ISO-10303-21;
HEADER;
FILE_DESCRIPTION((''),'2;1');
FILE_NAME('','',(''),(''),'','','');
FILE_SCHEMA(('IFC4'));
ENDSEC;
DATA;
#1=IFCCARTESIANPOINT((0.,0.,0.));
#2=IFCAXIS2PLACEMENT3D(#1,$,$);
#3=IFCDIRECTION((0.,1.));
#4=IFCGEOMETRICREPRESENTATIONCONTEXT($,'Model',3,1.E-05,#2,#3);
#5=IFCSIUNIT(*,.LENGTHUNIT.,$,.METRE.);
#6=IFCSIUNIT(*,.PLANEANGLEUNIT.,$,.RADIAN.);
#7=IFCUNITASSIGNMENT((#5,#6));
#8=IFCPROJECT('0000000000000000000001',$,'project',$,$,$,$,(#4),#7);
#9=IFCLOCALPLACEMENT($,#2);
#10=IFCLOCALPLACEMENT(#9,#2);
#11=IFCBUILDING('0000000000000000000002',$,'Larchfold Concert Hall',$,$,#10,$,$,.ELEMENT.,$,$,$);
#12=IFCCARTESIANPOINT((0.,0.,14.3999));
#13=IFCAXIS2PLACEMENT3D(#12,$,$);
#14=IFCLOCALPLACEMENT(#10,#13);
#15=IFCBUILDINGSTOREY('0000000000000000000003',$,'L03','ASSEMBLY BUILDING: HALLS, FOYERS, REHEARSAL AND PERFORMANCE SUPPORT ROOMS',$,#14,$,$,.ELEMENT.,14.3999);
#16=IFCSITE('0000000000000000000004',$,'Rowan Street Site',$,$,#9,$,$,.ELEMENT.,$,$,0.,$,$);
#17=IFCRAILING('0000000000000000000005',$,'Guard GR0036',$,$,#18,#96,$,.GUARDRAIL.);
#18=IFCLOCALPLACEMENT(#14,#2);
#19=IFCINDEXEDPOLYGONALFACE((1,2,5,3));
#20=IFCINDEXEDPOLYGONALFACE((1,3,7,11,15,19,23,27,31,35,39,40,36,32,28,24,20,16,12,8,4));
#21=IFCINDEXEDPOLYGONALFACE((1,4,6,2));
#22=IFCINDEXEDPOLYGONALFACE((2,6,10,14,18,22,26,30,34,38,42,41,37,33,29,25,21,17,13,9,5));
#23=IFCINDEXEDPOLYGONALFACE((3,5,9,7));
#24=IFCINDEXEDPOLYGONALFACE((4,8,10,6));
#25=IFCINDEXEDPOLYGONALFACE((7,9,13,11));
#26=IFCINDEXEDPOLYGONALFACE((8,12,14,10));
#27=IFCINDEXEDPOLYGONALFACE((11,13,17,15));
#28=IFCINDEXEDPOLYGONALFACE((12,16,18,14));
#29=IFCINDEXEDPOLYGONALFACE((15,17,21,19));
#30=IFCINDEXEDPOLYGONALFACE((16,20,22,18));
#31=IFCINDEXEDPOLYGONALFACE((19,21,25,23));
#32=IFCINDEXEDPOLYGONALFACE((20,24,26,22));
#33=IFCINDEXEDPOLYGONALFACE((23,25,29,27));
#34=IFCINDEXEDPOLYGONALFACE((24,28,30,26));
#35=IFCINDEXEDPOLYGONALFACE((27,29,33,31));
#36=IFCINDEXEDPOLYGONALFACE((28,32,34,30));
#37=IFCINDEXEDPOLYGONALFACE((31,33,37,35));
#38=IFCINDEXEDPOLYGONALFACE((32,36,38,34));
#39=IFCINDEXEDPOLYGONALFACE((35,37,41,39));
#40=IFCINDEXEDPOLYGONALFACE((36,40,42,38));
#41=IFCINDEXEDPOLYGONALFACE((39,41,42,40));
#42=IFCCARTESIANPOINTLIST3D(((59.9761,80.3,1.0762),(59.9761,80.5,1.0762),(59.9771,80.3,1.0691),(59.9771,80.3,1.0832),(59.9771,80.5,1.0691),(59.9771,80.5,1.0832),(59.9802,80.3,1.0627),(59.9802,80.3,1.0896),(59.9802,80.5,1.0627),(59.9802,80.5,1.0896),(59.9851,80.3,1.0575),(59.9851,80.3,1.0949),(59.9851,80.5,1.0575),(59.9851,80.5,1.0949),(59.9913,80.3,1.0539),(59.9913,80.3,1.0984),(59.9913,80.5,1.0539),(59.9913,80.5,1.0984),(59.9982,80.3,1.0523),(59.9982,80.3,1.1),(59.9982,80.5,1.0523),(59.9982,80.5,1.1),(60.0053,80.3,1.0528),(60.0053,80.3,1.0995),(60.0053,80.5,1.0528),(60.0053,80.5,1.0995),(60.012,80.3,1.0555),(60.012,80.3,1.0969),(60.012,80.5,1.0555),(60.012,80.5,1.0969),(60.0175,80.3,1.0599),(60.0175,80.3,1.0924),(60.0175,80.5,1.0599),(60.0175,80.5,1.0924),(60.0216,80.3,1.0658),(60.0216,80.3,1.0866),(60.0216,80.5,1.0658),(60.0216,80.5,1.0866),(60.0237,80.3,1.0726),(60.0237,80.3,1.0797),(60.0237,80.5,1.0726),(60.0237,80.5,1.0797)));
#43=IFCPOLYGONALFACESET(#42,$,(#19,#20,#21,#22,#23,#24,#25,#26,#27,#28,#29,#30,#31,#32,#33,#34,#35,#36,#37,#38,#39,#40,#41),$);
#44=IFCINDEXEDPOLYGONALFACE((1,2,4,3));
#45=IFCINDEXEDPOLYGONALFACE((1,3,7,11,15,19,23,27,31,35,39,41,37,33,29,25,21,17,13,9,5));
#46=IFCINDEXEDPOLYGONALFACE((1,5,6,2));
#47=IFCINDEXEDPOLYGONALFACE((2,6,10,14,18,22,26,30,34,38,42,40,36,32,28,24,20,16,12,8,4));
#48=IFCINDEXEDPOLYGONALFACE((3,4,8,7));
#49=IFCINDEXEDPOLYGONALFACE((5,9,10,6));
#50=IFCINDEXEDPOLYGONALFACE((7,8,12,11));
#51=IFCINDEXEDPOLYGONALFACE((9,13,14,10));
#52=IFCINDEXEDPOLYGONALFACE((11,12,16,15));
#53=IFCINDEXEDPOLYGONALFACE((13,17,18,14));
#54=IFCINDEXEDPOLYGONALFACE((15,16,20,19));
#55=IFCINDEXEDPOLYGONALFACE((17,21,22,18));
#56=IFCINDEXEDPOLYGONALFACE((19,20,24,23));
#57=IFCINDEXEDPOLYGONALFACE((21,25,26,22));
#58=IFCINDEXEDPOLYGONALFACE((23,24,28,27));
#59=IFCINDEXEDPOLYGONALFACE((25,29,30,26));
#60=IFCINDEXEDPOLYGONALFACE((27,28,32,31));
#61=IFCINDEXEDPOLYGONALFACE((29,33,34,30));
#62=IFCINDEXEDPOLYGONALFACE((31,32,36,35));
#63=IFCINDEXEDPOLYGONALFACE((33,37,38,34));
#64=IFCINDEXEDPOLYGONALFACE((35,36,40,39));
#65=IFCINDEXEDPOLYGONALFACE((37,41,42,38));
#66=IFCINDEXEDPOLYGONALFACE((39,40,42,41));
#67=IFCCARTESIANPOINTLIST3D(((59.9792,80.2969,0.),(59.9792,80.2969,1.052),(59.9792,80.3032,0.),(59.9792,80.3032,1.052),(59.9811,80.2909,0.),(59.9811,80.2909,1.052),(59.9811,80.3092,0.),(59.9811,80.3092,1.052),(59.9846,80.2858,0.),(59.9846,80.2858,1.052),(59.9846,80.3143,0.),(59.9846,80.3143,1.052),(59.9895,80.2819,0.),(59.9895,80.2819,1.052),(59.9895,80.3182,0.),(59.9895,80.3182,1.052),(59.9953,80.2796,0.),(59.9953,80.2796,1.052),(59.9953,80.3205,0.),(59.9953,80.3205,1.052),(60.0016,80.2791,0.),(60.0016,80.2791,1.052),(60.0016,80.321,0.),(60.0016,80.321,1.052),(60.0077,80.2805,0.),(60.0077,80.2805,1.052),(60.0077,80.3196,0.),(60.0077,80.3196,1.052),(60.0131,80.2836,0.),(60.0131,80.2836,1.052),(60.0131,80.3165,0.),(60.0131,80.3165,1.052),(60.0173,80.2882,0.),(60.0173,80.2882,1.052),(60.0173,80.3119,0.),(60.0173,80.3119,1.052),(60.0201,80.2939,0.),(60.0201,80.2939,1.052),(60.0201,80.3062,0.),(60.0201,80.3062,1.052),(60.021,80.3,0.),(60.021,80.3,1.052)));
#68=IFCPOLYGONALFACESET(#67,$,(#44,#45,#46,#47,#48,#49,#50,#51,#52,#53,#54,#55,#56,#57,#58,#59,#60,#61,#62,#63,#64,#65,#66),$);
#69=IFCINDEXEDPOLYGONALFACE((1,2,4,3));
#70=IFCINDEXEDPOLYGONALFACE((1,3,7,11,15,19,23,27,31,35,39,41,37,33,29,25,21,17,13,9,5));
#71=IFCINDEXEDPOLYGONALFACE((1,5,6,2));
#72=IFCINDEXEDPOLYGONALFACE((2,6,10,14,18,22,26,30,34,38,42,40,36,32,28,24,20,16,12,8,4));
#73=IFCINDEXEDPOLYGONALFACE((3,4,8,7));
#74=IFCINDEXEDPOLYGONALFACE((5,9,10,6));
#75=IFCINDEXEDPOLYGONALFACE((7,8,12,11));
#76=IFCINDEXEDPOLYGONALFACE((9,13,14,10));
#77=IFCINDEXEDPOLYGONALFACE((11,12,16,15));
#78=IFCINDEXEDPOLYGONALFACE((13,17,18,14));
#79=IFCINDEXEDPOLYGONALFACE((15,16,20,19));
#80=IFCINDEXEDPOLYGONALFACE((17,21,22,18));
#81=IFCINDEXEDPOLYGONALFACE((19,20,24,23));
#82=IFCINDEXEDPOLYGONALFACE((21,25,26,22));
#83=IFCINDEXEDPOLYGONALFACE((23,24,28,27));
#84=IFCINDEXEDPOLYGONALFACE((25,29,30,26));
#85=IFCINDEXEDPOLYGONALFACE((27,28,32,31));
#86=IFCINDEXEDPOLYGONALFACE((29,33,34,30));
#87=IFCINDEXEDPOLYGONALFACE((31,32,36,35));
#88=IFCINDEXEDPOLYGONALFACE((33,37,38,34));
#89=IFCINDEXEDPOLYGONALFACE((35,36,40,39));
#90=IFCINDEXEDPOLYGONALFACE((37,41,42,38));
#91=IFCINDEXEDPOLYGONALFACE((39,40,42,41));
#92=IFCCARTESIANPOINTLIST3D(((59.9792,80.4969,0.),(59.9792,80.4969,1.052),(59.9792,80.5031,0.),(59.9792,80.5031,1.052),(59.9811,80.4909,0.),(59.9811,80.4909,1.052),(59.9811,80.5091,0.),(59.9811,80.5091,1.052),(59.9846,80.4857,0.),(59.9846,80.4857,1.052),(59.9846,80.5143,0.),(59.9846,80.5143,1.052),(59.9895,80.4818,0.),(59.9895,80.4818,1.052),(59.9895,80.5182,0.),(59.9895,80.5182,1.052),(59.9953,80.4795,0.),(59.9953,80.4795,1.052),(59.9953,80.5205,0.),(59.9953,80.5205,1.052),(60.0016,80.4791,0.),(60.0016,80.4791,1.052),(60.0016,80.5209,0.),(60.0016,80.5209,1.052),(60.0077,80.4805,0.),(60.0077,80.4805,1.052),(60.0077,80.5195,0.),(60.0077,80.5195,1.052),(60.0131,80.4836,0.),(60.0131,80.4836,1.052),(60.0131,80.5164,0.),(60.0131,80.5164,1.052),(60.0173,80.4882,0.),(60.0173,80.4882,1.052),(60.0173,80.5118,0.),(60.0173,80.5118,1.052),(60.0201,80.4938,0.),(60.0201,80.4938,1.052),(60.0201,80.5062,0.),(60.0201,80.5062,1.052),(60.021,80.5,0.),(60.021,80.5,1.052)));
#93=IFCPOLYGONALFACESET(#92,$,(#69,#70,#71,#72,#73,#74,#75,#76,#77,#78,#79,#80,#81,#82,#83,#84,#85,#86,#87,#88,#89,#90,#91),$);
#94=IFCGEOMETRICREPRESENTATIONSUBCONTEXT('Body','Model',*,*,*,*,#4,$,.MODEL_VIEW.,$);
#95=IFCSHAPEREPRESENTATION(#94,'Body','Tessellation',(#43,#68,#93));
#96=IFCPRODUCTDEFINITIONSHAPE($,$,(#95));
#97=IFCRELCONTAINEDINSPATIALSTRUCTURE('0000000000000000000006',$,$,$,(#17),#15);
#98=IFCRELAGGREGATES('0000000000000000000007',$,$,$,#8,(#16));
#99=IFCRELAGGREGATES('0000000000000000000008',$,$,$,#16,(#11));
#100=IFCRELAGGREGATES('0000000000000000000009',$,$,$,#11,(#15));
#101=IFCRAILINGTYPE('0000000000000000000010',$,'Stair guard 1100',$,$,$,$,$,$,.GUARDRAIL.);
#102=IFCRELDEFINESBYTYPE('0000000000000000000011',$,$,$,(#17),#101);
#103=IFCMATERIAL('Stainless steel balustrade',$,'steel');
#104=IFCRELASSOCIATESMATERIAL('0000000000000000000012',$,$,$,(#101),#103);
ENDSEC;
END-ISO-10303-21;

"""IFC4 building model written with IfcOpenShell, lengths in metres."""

from ifc_helpers import new_model, si_unit, direction, frame, origin, origin_2d, place, context, subcontext, project, spatial, circle, extrude, material, type_object, element, save


model = new_model("IFC4")

# Units and contexts
model_context = context("Model", 3, precision=1e-05, world=origin(), true_north=direction((0.0, 1.0)))
body_context = subcontext(model_context, "Body", "Model", "MODEL_VIEW")
ifc_project = project(units=[si_unit("LENGTHUNIT", "METRE"), si_unit("PLANEANGLEUNIT", "RADIAN")], contexts=[model_context])

# Site, building, storey
site_placement = place(None, origin())
site = spatial("IfcSite", under=ifc_project, at=site_placement, Name="Rowan Street Site", CompositionType="ELEMENT", RefElevation=0.0)
building_placement = place(site_placement, origin())
building = spatial("IfcBuilding", under=site, at=building_placement, Name="Larchfold Concert Hall", CompositionType="ELEMENT")
storey_placement = place(building_placement, frame((0.0, 0.0, 14.3999)))
storey = spatial("IfcBuildingStorey", under=building, at=storey_placement, Name="L03", Description="ASSEMBLY BUILDING: HALLS, FOYERS, REHEARSAL AND PERFORMANCE SUPPORT ROOMS", CompositionType="ELEMENT", Elevation=14.3999)

# Railing
ifc_material_1 = material(Name="Stainless steel balustrade", Category="steel")
railing_type_1 = type_object("IfcRailingType", Name="Stair guard 1100", PredefinedType="GUARDRAIL", material=ifc_material_1)
railing_1_placement = place(storey_placement, frame((60.0, 80.3, 0.0)))
element("IfcRailing", 1, at=railing_1_placement, inside=storey, type_object=railing_type_1, Name="Guard GR0036", PredefinedType="GUARDRAIL", context=body_context, shape_type="SweptSolid", body=[
    extrude(circle(Radius=0.0239, at=origin_2d()), frame((0.0, 0.0, 1.0762), z_axis=(0.0, 1.0, 0.0), x_axis=(-1.0, 0.0, 0.0)), (0.0, 0.0, 1.0), 0.2),
    extrude(circle(Radius=0.021, at=origin_2d()), origin(), (0.0, 0.0, 1.0), 1.052),
    extrude(circle(Radius=0.021, at=origin_2d()), frame((0.0, 0.2, 0.0)), (0.0, 0.0, 1.0), 1.052),
])

save(model, "model.ifc")
